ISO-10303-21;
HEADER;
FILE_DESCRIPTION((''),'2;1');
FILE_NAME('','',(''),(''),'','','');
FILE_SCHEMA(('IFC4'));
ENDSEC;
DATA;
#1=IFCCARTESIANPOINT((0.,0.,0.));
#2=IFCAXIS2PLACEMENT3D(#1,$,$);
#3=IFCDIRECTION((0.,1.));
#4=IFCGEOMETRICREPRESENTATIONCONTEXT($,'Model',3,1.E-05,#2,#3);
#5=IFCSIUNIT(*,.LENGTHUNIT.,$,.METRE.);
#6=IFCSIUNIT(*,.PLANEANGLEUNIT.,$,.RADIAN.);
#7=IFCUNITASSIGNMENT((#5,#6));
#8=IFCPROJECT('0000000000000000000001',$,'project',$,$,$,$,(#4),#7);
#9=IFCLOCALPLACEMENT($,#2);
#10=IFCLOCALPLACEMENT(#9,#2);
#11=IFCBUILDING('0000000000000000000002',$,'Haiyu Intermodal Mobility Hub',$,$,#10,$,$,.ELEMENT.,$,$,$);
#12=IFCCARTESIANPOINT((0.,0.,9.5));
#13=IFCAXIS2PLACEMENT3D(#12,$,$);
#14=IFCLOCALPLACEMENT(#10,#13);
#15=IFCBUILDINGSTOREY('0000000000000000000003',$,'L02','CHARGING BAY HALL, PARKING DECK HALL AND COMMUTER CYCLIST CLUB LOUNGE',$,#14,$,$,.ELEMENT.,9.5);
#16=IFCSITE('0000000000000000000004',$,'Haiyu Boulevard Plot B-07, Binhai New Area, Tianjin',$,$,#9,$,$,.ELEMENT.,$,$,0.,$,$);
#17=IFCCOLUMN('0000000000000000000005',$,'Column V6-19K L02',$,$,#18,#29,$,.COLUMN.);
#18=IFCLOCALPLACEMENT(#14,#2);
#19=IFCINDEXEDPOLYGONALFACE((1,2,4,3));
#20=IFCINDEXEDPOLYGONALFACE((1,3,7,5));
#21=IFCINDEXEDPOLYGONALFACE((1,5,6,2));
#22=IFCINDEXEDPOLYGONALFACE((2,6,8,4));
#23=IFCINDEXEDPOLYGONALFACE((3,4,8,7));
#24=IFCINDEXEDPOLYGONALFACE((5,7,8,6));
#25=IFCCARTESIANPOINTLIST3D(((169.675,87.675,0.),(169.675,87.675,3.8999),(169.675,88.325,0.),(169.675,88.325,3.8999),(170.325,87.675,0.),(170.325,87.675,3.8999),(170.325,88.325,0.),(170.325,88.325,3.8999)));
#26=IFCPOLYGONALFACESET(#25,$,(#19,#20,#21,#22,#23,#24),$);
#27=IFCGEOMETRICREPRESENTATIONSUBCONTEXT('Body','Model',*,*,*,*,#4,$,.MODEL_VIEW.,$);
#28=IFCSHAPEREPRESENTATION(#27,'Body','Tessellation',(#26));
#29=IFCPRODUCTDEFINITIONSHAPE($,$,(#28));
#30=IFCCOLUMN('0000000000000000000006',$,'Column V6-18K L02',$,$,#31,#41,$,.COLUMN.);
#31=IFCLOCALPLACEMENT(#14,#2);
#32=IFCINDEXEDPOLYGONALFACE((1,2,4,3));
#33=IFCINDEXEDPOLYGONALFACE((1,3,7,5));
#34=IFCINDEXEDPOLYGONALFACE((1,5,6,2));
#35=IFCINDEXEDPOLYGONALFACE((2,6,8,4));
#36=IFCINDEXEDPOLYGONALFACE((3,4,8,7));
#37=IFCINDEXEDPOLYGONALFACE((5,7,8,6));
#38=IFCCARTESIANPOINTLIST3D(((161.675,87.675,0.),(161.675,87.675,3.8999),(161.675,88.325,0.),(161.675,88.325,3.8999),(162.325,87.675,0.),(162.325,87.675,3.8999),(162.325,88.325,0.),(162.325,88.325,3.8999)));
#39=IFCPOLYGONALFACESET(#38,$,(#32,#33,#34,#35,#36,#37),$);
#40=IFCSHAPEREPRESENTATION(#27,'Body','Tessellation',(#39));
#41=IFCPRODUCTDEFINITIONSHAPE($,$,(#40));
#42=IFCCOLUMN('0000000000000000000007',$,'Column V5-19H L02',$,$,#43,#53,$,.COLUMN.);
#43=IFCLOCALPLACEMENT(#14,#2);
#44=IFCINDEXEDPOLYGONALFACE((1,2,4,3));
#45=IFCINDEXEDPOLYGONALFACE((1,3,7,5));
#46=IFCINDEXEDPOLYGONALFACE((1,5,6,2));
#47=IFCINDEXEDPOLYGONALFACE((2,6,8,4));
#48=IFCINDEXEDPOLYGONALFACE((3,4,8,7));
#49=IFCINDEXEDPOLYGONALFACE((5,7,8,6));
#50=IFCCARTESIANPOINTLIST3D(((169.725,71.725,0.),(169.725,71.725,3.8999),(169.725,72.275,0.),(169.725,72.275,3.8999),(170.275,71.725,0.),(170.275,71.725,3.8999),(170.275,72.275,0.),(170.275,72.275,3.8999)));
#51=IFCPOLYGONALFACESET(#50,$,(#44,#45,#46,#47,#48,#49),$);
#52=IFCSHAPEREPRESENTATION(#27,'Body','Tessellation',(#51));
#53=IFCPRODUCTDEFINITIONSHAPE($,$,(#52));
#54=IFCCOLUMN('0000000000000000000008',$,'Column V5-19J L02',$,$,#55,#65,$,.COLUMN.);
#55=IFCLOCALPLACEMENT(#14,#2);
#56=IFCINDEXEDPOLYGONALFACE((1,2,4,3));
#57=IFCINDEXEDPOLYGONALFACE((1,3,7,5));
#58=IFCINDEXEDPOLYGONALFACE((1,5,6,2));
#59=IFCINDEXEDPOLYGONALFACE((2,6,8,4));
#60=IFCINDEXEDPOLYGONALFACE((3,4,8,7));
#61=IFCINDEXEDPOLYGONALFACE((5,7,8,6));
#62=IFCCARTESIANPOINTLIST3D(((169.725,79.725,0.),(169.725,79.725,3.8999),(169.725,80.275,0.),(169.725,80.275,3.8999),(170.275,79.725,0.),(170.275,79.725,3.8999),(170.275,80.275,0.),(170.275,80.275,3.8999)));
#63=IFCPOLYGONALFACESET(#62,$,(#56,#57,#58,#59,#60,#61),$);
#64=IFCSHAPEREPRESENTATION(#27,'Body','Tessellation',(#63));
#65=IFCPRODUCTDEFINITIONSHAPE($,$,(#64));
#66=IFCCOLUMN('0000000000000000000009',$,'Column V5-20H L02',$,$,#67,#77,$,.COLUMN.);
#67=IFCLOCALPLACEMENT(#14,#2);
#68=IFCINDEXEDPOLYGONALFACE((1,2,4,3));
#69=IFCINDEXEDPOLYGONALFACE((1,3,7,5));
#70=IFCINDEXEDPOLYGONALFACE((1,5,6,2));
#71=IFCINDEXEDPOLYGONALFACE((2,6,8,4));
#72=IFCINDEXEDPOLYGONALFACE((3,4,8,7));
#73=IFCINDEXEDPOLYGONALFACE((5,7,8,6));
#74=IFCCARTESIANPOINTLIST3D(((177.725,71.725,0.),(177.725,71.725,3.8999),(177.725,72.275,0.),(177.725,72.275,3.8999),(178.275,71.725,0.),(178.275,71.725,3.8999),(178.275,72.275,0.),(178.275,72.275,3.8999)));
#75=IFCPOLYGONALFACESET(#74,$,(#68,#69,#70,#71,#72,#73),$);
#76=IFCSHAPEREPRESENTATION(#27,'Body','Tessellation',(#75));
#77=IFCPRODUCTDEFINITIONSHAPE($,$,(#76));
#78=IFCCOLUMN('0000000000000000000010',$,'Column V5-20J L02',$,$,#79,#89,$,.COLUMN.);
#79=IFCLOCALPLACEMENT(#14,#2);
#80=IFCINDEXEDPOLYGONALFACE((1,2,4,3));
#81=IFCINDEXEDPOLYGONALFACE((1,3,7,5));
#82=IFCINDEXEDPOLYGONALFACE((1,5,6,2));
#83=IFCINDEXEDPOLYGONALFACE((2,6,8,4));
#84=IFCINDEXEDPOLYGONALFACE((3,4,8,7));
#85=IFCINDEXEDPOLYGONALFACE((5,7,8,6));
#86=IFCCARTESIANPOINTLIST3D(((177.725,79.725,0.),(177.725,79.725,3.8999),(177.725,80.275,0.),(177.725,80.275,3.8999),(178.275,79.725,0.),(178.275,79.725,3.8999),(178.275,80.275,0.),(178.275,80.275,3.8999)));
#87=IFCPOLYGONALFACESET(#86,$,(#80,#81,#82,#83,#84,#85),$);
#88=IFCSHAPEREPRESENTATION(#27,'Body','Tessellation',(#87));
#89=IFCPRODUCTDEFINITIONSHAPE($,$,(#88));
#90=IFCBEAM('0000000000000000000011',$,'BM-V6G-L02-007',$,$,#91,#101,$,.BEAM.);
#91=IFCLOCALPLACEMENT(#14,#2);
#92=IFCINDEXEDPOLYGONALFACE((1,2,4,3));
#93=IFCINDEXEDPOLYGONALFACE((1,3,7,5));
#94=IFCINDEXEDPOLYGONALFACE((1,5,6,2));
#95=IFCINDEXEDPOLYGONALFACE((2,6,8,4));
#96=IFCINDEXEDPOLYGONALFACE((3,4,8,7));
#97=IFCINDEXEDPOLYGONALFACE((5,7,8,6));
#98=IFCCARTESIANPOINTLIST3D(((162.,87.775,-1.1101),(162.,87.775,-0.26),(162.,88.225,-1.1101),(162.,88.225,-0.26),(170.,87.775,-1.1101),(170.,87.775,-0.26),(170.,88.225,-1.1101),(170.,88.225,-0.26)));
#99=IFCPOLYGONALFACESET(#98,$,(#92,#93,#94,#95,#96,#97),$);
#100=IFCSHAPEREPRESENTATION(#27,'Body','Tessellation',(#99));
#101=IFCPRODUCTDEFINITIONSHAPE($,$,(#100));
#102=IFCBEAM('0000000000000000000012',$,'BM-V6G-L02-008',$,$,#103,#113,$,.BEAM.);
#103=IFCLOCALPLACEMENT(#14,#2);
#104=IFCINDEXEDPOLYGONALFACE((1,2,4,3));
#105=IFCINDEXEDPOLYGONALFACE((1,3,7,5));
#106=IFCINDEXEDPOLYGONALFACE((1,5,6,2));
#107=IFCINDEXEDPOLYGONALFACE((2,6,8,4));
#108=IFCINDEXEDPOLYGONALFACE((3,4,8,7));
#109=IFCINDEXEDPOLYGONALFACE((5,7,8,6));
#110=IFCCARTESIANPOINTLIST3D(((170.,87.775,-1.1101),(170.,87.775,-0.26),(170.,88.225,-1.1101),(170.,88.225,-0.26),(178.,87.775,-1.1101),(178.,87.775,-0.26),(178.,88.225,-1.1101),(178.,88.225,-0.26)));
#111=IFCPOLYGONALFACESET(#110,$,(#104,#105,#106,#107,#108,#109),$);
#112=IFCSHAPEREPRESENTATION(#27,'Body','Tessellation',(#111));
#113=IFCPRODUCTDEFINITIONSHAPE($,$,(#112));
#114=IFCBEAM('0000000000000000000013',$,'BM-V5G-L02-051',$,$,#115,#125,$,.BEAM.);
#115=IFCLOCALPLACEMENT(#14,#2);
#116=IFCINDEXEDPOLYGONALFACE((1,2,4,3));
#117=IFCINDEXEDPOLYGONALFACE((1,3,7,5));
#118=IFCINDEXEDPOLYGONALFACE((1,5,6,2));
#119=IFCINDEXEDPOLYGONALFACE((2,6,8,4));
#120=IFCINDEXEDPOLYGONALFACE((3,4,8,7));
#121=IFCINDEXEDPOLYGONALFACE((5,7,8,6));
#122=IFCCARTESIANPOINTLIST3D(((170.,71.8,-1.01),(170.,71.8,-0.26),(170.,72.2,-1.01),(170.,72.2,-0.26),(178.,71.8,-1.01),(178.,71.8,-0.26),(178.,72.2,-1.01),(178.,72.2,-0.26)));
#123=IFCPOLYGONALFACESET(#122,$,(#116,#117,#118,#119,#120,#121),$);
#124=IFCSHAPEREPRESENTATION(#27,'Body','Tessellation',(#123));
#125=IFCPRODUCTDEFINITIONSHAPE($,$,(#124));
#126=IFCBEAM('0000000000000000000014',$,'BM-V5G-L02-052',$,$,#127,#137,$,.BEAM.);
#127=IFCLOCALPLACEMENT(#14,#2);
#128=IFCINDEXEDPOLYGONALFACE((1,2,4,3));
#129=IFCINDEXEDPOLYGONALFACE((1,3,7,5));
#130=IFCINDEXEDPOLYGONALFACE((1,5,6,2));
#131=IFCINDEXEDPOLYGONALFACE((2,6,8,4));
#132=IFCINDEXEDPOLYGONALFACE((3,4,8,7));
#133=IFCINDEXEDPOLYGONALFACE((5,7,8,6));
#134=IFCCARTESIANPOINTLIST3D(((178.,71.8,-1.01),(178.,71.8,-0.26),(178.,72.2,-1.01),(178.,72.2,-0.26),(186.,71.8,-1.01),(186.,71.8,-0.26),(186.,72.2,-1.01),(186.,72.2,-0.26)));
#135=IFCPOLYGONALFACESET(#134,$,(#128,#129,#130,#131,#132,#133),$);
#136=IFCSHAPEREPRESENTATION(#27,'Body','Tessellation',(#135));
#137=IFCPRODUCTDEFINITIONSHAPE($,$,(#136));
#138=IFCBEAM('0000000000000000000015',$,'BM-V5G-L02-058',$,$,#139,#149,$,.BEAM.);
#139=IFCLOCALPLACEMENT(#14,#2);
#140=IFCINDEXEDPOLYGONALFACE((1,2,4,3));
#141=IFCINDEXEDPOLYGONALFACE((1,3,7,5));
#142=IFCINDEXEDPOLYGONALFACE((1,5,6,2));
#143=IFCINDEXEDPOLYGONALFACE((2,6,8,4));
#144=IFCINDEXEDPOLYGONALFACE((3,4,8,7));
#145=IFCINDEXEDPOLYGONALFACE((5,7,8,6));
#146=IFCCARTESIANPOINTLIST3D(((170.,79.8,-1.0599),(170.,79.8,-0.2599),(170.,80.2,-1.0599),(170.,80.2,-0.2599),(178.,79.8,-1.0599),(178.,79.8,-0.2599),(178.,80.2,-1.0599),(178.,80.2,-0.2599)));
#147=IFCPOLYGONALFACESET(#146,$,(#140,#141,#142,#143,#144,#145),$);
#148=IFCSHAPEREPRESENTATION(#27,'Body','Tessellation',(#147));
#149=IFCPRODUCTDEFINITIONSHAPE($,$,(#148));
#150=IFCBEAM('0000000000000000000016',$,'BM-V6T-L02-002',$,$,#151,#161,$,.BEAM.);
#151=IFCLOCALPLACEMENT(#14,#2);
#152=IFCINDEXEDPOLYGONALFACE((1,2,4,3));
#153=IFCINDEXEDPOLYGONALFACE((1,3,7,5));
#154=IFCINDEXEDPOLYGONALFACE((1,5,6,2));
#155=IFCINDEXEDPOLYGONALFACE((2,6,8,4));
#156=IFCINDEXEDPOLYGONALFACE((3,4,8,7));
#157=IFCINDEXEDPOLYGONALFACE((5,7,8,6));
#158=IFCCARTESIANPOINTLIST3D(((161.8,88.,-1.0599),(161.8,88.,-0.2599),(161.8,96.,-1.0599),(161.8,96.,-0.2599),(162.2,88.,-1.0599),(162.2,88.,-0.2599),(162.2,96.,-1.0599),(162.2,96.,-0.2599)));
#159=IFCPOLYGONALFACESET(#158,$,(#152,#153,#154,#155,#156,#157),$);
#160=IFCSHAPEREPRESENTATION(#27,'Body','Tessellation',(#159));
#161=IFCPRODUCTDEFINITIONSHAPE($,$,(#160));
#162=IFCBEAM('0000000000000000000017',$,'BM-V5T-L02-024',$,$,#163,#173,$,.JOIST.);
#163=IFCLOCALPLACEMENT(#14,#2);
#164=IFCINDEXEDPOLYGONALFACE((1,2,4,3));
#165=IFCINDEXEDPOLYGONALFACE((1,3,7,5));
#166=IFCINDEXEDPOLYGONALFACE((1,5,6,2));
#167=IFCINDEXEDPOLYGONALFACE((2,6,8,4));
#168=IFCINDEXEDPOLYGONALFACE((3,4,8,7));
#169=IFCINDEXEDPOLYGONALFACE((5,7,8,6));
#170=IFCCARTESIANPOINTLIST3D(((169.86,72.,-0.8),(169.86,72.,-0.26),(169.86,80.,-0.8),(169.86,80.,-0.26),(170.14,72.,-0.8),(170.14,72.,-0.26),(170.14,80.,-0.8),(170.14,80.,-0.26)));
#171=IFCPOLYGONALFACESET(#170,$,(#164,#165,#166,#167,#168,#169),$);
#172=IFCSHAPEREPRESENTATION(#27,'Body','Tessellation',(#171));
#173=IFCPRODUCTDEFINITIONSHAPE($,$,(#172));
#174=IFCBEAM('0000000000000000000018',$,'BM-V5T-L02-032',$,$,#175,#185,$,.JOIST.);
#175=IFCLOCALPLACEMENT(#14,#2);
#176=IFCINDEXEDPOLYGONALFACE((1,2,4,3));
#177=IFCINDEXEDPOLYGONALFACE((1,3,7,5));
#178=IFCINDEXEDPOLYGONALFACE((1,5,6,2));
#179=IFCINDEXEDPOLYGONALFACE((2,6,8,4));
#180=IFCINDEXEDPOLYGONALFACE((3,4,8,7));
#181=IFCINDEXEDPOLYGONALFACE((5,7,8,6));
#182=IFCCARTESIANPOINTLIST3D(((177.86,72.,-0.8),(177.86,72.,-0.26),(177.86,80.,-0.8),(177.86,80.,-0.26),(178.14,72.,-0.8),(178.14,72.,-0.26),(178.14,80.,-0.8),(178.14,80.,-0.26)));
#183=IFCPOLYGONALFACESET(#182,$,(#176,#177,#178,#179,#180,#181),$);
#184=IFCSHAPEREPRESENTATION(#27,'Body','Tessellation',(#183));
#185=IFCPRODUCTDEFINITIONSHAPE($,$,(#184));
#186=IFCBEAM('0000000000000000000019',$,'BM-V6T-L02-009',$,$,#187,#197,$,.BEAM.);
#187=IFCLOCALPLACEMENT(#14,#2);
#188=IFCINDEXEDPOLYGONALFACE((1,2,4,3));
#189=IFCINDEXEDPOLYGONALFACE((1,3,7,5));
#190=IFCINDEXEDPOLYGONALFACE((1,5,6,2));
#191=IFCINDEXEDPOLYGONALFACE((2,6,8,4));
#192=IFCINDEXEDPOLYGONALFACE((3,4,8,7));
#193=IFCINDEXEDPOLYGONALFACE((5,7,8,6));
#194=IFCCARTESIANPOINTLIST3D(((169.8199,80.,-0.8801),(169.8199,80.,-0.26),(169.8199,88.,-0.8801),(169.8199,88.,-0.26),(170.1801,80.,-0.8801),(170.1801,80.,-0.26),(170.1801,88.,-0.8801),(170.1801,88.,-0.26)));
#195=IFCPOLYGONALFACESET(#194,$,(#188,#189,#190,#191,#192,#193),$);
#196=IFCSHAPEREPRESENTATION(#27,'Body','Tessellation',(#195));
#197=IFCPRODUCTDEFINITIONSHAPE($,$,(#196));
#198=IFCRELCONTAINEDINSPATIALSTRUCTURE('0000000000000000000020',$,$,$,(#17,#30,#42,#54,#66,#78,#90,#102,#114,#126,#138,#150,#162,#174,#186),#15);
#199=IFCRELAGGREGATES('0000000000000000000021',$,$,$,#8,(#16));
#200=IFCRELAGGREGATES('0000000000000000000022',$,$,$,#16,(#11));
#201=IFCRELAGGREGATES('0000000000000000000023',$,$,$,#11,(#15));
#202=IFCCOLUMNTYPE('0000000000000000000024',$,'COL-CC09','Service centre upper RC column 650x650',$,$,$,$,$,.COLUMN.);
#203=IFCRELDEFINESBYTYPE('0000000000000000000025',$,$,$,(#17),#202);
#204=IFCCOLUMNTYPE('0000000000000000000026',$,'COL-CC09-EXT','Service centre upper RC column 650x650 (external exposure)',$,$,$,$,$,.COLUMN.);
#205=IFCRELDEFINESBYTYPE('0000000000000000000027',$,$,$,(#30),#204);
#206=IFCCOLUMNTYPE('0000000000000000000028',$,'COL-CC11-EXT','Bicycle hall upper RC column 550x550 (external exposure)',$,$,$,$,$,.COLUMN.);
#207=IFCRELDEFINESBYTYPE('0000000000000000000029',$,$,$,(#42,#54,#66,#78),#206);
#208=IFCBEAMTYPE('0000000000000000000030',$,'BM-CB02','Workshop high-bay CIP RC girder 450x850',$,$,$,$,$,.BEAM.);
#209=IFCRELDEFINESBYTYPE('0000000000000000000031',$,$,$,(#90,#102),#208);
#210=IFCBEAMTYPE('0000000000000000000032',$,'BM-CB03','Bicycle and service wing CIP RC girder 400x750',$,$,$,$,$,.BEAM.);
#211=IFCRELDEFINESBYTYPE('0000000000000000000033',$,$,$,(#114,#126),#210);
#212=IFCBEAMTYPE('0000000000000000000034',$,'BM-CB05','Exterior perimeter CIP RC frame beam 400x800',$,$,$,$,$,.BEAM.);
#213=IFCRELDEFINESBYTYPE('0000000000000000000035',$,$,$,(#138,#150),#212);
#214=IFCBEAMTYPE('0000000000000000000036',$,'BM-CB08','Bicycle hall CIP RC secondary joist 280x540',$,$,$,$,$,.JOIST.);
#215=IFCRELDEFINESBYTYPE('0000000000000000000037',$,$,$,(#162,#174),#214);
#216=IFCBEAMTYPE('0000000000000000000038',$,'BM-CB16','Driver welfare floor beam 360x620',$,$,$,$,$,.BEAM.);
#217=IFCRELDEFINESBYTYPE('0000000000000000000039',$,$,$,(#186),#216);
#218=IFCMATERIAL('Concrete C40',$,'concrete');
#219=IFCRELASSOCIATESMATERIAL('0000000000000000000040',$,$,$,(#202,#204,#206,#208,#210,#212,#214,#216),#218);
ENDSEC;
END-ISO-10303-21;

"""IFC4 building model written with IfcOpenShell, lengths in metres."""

from ifc_helpers import new_model, si_unit, direction, frame, origin, origin_2d, place, context, subcontext, project, spatial, rectangle, extrude, material, material_profile, profile_set, type_object, element, save


model = new_model("IFC4")

# Units and contexts
model_context = context("Model", 3, precision=1e-05, world=origin(), true_north=direction((0.0, 1.0)))
body_context = subcontext(model_context, "Body", "Model", "MODEL_VIEW")
ifc_project = project(units=[si_unit("LENGTHUNIT", "METRE"), si_unit("PLANEANGLEUNIT", "RADIAN")], contexts=[model_context])

# Site, building, storey
site_placement = place(None, origin())
site = spatial("IfcSite", under=ifc_project, at=site_placement, Name="Haiyu Boulevard Plot B-07, Binhai New Area, Tianjin", CompositionType="ELEMENT", RefElevation=0.0)
building_placement = place(site_placement, origin())
building = spatial("IfcBuilding", under=site, at=building_placement, Name="Haiyu Intermodal Mobility Hub", CompositionType="ELEMENT")
storey_placement = place(building_placement, frame((0.0, 0.0, 9.5)))
storey = spatial("IfcBuildingStorey", under=building, at=storey_placement, Name="L02", Description="CHARGING BAY HALL, PARKING DECK HALL AND COMMUTER CYCLIST CLUB LOUNGE", CompositionType="ELEMENT", Elevation=9.5)

# Columns
ifc_material_1 = material(Name="Concrete C40", Category="concrete")
ifc_material_profile_1 = material_profile(ifc_material_1, rectangle(XDim=0.6499, YDim=0.6499, at=origin_2d()), Name="RC650x650")
ifc_profile_set_1 = profile_set([ifc_material_profile_1], Name="Concrete C40")
column_type_1 = type_object("IfcColumnType", Name="COL-CC09", Description="Service centre upper RC column 650x650", PredefinedType="COLUMN", material=ifc_profile_set_1)
column_1_placement = place(storey_placement, frame((170.0, 88.0, 0.0), z_axis=(0.0, 0.0, 1.0), x_axis=(1.0, 0.0, 0.0)))
element("IfcColumn", 1, at=column_1_placement, inside=storey, type_object=column_type_1, Name="Column V6-19K L02", PredefinedType="COLUMN", context=body_context, shape_type="SweptSolid", body=[
    extrude(rectangle(XDim=0.6499, YDim=0.6499, at=origin_2d()), origin(), (0.0, 0.0, 1.0), 3.8999),
])
ifc_material_profile_2 = material_profile(ifc_material_1, rectangle(XDim=0.6499, YDim=0.6499, at=origin_2d()), Name="RC650x650")
ifc_profile_set_2 = profile_set([ifc_material_profile_2], Name="Concrete C40")
column_type_2 = type_object("IfcColumnType", Name="COL-CC09-EXT", Description="Service centre upper RC column 650x650 (external exposure)", PredefinedType="COLUMN", material=ifc_profile_set_2)
column_2_placement = place(storey_placement, frame((162.0, 88.0, 0.0), z_axis=(0.0, 0.0, 1.0), x_axis=(1.0, 0.0, 0.0)))
element("IfcColumn", 2, at=column_2_placement, inside=storey, type_object=column_type_2, Name="Column V6-18K L02", PredefinedType="COLUMN", context=body_context, shape_type="SweptSolid", body=[
    extrude(rectangle(XDim=0.6499, YDim=0.6499, at=origin_2d()), origin(), (0.0, 0.0, 1.0), 3.8999),
])
ifc_material_profile_3 = material_profile(ifc_material_1, rectangle(XDim=0.55, YDim=0.55, at=origin_2d()), Name="RC550x550")
ifc_profile_set_3 = profile_set([ifc_material_profile_3], Name="Concrete C40")
column_type_3 = type_object("IfcColumnType", Name="COL-CC11-EXT", Description="Bicycle hall upper RC column 550x550 (external exposure)", PredefinedType="COLUMN", material=ifc_profile_set_3)
for number, where, z_axis, x_axis, name in (
    (3, (170.0, 72.0, 0.0), (0.0, 0.0, 1.0), (1.0, 0.0, 0.0), "Column V5-19H L02"),
    (4, (170.0, 80.0, 0.0), (0.0, 0.0, 1.0), (1.0, 0.0, 0.0), "Column V5-19J L02"),
    (5, (178.0, 72.0, 0.0), (0.0, 0.0, 1.0), (1.0, 0.0, 0.0), "Column V5-20H L02"),
    (6, (178.0, 80.0, 0.0), (0.0, 0.0, 1.0), (1.0, 0.0, 0.0), "Column V5-20J L02"),
):
    element("IfcColumn", number, at=place(storey_placement, frame(where, z_axis=z_axis, x_axis=x_axis)), inside=storey, type_object=column_type_3, Name=name, PredefinedType="COLUMN", context=body_context, shape_type="SweptSolid", body=[
        extrude(rectangle(XDim=0.55, YDim=0.55, at=origin_2d()), origin(), (0.0, 0.0, 1.0), 3.8999),
    ])

# Beams
ifc_material_profile_4 = material_profile(ifc_material_1, rectangle(XDim=0.45, YDim=0.8501, at=origin_2d()), Name="RCB450x850")
ifc_profile_set_4 = profile_set([ifc_material_profile_4], Name="Concrete C40")
beam_type_1 = type_object("IfcBeamType", Name="BM-CB02", Description="Workshop high-bay CIP RC girder 450x850", PredefinedType="BEAM", material=ifc_profile_set_4)
for number, where, z_axis, x_axis, name in (
    (7, (162.0, 88.0, -0.6851), (1.0, 0.0, 0.0), (0.0, 1.0, 0.0), "BM-V6G-L02-007"),
    (8, (170.0, 88.0, -0.6851), (1.0, 0.0, 0.0), (0.0, 1.0, 0.0), "BM-V6G-L02-008"),
):
    element("IfcBeam", number, at=place(storey_placement, frame(where, z_axis=z_axis, x_axis=x_axis)), inside=storey, type_object=beam_type_1, Name=name, PredefinedType="BEAM", context=body_context, shape_type="SweptSolid", body=[
        extrude(rectangle(XDim=0.45, YDim=0.8501, at=origin_2d()), origin(), (0.0, 0.0, 1.0), 8.0),
    ])
ifc_material_profile_5 = material_profile(ifc_material_1, rectangle(XDim=0.3999, YDim=0.75, at=origin_2d()), Name="RCB400x750")
ifc_profile_set_5 = profile_set([ifc_material_profile_5], Name="Concrete C40")
beam_type_2 = type_object("IfcBeamType", Name="BM-CB03", Description="Bicycle and service wing CIP RC girder 400x750", PredefinedType="BEAM", material=ifc_profile_set_5)
for number, where, z_axis, x_axis, name in (
    (9, (170.0, 72.0, -0.635), (1.0, 0.0, 0.0), (0.0, 1.0, 0.0), "BM-V5G-L02-051"),
    (10, (178.0, 72.0, -0.635), (1.0, 0.0, 0.0), (0.0, 1.0, 0.0), "BM-V5G-L02-052"),
):
    element("IfcBeam", number, at=place(storey_placement, frame(where, z_axis=z_axis, x_axis=x_axis)), inside=storey, type_object=beam_type_2, Name=name, PredefinedType="BEAM", context=body_context, shape_type="SweptSolid", body=[
        extrude(rectangle(XDim=0.3999, YDim=0.75, at=origin_2d()), origin(), (0.0, 0.0, 1.0), 8.0),
    ])
ifc_material_profile_6 = material_profile(ifc_material_1, rectangle(XDim=0.3999, YDim=0.8, at=origin_2d()), Name="RCB400x800")
ifc_profile_set_6 = profile_set([ifc_material_profile_6], Name="Concrete C40")
beam_type_3 = type_object("IfcBeamType", Name="BM-CB05", Description="Exterior perimeter CIP RC frame beam 400x800", PredefinedType="BEAM", material=ifc_profile_set_6)
for number, where, z_axis, x_axis, name in (
    (11, (170.0, 80.0, -0.6599), (1.0, 0.0, 0.0), (0.0, 1.0, 0.0), "BM-V5G-L02-058"),
    (12, (162.0, 88.0, -0.6599), (0.0, 1.0, 0.0), (-1.0, 0.0, 0.0), "BM-V6T-L02-002"),
):
    element("IfcBeam", number, at=place(storey_placement, frame(where, z_axis=z_axis, x_axis=x_axis)), inside=storey, type_object=beam_type_3, Name=name, PredefinedType="BEAM", context=body_context, shape_type="SweptSolid", body=[
        extrude(rectangle(XDim=0.3999, YDim=0.8, at=origin_2d()), origin(), (0.0, 0.0, 1.0), 8.0),
    ])
ifc_material_profile_7 = material_profile(ifc_material_1, rectangle(XDim=0.28, YDim=0.54, at=origin_2d()), Name="RCB280x540")
ifc_profile_set_7 = profile_set([ifc_material_profile_7], Name="Concrete C40")
beam_type_4 = type_object("IfcBeamType", Name="BM-CB08", Description="Bicycle hall CIP RC secondary joist 280x540", PredefinedType="JOIST", material=ifc_profile_set_7)
for number, where, z_axis, x_axis, name in (
    (13, (170.0, 72.0, -0.53), (0.0, 1.0, 0.0), (-1.0, 0.0, 0.0), "BM-V5T-L02-024"),
    (14, (178.0, 72.0, -0.53), (0.0, 1.0, 0.0), (-1.0, 0.0, 0.0), "BM-V5T-L02-032"),
):
    element("IfcBeam", number, at=place(storey_placement, frame(where, z_axis=z_axis, x_axis=x_axis)), inside=storey, type_object=beam_type_4, Name=name, PredefinedType="JOIST", context=body_context, shape_type="SweptSolid", body=[
        extrude(rectangle(XDim=0.28, YDim=0.54, at=origin_2d()), origin(), (0.0, 0.0, 1.0), 8.0),
    ])
ifc_material_profile_8 = material_profile(ifc_material_1, rectangle(XDim=0.3601, YDim=0.6201, at=origin_2d()), Name="B360x620")
ifc_profile_set_8 = profile_set([ifc_material_profile_8], Name="Concrete C40")
beam_type_5 = type_object("IfcBeamType", Name="BM-CB16", Description="Driver welfare floor beam 360x620", PredefinedType="BEAM", material=ifc_profile_set_8)
for number, where, z_axis, x_axis, name in (
    (15, (170.0, 80.0, -0.5701), (0.0, 1.0, 0.0), (-1.0, 0.0, 0.0), "BM-V6T-L02-009"),
):
    element("IfcBeam", number, at=place(storey_placement, frame(where, z_axis=z_axis, x_axis=x_axis)), inside=storey, type_object=beam_type_5, Name=name, PredefinedType="BEAM", context=body_context, shape_type="SweptSolid", body=[
        extrude(rectangle(XDim=0.3601, YDim=0.6201, at=origin_2d()), origin(), (0.0, 0.0, 1.0), 8.0),
    ])

save(model, "model.ifc")
